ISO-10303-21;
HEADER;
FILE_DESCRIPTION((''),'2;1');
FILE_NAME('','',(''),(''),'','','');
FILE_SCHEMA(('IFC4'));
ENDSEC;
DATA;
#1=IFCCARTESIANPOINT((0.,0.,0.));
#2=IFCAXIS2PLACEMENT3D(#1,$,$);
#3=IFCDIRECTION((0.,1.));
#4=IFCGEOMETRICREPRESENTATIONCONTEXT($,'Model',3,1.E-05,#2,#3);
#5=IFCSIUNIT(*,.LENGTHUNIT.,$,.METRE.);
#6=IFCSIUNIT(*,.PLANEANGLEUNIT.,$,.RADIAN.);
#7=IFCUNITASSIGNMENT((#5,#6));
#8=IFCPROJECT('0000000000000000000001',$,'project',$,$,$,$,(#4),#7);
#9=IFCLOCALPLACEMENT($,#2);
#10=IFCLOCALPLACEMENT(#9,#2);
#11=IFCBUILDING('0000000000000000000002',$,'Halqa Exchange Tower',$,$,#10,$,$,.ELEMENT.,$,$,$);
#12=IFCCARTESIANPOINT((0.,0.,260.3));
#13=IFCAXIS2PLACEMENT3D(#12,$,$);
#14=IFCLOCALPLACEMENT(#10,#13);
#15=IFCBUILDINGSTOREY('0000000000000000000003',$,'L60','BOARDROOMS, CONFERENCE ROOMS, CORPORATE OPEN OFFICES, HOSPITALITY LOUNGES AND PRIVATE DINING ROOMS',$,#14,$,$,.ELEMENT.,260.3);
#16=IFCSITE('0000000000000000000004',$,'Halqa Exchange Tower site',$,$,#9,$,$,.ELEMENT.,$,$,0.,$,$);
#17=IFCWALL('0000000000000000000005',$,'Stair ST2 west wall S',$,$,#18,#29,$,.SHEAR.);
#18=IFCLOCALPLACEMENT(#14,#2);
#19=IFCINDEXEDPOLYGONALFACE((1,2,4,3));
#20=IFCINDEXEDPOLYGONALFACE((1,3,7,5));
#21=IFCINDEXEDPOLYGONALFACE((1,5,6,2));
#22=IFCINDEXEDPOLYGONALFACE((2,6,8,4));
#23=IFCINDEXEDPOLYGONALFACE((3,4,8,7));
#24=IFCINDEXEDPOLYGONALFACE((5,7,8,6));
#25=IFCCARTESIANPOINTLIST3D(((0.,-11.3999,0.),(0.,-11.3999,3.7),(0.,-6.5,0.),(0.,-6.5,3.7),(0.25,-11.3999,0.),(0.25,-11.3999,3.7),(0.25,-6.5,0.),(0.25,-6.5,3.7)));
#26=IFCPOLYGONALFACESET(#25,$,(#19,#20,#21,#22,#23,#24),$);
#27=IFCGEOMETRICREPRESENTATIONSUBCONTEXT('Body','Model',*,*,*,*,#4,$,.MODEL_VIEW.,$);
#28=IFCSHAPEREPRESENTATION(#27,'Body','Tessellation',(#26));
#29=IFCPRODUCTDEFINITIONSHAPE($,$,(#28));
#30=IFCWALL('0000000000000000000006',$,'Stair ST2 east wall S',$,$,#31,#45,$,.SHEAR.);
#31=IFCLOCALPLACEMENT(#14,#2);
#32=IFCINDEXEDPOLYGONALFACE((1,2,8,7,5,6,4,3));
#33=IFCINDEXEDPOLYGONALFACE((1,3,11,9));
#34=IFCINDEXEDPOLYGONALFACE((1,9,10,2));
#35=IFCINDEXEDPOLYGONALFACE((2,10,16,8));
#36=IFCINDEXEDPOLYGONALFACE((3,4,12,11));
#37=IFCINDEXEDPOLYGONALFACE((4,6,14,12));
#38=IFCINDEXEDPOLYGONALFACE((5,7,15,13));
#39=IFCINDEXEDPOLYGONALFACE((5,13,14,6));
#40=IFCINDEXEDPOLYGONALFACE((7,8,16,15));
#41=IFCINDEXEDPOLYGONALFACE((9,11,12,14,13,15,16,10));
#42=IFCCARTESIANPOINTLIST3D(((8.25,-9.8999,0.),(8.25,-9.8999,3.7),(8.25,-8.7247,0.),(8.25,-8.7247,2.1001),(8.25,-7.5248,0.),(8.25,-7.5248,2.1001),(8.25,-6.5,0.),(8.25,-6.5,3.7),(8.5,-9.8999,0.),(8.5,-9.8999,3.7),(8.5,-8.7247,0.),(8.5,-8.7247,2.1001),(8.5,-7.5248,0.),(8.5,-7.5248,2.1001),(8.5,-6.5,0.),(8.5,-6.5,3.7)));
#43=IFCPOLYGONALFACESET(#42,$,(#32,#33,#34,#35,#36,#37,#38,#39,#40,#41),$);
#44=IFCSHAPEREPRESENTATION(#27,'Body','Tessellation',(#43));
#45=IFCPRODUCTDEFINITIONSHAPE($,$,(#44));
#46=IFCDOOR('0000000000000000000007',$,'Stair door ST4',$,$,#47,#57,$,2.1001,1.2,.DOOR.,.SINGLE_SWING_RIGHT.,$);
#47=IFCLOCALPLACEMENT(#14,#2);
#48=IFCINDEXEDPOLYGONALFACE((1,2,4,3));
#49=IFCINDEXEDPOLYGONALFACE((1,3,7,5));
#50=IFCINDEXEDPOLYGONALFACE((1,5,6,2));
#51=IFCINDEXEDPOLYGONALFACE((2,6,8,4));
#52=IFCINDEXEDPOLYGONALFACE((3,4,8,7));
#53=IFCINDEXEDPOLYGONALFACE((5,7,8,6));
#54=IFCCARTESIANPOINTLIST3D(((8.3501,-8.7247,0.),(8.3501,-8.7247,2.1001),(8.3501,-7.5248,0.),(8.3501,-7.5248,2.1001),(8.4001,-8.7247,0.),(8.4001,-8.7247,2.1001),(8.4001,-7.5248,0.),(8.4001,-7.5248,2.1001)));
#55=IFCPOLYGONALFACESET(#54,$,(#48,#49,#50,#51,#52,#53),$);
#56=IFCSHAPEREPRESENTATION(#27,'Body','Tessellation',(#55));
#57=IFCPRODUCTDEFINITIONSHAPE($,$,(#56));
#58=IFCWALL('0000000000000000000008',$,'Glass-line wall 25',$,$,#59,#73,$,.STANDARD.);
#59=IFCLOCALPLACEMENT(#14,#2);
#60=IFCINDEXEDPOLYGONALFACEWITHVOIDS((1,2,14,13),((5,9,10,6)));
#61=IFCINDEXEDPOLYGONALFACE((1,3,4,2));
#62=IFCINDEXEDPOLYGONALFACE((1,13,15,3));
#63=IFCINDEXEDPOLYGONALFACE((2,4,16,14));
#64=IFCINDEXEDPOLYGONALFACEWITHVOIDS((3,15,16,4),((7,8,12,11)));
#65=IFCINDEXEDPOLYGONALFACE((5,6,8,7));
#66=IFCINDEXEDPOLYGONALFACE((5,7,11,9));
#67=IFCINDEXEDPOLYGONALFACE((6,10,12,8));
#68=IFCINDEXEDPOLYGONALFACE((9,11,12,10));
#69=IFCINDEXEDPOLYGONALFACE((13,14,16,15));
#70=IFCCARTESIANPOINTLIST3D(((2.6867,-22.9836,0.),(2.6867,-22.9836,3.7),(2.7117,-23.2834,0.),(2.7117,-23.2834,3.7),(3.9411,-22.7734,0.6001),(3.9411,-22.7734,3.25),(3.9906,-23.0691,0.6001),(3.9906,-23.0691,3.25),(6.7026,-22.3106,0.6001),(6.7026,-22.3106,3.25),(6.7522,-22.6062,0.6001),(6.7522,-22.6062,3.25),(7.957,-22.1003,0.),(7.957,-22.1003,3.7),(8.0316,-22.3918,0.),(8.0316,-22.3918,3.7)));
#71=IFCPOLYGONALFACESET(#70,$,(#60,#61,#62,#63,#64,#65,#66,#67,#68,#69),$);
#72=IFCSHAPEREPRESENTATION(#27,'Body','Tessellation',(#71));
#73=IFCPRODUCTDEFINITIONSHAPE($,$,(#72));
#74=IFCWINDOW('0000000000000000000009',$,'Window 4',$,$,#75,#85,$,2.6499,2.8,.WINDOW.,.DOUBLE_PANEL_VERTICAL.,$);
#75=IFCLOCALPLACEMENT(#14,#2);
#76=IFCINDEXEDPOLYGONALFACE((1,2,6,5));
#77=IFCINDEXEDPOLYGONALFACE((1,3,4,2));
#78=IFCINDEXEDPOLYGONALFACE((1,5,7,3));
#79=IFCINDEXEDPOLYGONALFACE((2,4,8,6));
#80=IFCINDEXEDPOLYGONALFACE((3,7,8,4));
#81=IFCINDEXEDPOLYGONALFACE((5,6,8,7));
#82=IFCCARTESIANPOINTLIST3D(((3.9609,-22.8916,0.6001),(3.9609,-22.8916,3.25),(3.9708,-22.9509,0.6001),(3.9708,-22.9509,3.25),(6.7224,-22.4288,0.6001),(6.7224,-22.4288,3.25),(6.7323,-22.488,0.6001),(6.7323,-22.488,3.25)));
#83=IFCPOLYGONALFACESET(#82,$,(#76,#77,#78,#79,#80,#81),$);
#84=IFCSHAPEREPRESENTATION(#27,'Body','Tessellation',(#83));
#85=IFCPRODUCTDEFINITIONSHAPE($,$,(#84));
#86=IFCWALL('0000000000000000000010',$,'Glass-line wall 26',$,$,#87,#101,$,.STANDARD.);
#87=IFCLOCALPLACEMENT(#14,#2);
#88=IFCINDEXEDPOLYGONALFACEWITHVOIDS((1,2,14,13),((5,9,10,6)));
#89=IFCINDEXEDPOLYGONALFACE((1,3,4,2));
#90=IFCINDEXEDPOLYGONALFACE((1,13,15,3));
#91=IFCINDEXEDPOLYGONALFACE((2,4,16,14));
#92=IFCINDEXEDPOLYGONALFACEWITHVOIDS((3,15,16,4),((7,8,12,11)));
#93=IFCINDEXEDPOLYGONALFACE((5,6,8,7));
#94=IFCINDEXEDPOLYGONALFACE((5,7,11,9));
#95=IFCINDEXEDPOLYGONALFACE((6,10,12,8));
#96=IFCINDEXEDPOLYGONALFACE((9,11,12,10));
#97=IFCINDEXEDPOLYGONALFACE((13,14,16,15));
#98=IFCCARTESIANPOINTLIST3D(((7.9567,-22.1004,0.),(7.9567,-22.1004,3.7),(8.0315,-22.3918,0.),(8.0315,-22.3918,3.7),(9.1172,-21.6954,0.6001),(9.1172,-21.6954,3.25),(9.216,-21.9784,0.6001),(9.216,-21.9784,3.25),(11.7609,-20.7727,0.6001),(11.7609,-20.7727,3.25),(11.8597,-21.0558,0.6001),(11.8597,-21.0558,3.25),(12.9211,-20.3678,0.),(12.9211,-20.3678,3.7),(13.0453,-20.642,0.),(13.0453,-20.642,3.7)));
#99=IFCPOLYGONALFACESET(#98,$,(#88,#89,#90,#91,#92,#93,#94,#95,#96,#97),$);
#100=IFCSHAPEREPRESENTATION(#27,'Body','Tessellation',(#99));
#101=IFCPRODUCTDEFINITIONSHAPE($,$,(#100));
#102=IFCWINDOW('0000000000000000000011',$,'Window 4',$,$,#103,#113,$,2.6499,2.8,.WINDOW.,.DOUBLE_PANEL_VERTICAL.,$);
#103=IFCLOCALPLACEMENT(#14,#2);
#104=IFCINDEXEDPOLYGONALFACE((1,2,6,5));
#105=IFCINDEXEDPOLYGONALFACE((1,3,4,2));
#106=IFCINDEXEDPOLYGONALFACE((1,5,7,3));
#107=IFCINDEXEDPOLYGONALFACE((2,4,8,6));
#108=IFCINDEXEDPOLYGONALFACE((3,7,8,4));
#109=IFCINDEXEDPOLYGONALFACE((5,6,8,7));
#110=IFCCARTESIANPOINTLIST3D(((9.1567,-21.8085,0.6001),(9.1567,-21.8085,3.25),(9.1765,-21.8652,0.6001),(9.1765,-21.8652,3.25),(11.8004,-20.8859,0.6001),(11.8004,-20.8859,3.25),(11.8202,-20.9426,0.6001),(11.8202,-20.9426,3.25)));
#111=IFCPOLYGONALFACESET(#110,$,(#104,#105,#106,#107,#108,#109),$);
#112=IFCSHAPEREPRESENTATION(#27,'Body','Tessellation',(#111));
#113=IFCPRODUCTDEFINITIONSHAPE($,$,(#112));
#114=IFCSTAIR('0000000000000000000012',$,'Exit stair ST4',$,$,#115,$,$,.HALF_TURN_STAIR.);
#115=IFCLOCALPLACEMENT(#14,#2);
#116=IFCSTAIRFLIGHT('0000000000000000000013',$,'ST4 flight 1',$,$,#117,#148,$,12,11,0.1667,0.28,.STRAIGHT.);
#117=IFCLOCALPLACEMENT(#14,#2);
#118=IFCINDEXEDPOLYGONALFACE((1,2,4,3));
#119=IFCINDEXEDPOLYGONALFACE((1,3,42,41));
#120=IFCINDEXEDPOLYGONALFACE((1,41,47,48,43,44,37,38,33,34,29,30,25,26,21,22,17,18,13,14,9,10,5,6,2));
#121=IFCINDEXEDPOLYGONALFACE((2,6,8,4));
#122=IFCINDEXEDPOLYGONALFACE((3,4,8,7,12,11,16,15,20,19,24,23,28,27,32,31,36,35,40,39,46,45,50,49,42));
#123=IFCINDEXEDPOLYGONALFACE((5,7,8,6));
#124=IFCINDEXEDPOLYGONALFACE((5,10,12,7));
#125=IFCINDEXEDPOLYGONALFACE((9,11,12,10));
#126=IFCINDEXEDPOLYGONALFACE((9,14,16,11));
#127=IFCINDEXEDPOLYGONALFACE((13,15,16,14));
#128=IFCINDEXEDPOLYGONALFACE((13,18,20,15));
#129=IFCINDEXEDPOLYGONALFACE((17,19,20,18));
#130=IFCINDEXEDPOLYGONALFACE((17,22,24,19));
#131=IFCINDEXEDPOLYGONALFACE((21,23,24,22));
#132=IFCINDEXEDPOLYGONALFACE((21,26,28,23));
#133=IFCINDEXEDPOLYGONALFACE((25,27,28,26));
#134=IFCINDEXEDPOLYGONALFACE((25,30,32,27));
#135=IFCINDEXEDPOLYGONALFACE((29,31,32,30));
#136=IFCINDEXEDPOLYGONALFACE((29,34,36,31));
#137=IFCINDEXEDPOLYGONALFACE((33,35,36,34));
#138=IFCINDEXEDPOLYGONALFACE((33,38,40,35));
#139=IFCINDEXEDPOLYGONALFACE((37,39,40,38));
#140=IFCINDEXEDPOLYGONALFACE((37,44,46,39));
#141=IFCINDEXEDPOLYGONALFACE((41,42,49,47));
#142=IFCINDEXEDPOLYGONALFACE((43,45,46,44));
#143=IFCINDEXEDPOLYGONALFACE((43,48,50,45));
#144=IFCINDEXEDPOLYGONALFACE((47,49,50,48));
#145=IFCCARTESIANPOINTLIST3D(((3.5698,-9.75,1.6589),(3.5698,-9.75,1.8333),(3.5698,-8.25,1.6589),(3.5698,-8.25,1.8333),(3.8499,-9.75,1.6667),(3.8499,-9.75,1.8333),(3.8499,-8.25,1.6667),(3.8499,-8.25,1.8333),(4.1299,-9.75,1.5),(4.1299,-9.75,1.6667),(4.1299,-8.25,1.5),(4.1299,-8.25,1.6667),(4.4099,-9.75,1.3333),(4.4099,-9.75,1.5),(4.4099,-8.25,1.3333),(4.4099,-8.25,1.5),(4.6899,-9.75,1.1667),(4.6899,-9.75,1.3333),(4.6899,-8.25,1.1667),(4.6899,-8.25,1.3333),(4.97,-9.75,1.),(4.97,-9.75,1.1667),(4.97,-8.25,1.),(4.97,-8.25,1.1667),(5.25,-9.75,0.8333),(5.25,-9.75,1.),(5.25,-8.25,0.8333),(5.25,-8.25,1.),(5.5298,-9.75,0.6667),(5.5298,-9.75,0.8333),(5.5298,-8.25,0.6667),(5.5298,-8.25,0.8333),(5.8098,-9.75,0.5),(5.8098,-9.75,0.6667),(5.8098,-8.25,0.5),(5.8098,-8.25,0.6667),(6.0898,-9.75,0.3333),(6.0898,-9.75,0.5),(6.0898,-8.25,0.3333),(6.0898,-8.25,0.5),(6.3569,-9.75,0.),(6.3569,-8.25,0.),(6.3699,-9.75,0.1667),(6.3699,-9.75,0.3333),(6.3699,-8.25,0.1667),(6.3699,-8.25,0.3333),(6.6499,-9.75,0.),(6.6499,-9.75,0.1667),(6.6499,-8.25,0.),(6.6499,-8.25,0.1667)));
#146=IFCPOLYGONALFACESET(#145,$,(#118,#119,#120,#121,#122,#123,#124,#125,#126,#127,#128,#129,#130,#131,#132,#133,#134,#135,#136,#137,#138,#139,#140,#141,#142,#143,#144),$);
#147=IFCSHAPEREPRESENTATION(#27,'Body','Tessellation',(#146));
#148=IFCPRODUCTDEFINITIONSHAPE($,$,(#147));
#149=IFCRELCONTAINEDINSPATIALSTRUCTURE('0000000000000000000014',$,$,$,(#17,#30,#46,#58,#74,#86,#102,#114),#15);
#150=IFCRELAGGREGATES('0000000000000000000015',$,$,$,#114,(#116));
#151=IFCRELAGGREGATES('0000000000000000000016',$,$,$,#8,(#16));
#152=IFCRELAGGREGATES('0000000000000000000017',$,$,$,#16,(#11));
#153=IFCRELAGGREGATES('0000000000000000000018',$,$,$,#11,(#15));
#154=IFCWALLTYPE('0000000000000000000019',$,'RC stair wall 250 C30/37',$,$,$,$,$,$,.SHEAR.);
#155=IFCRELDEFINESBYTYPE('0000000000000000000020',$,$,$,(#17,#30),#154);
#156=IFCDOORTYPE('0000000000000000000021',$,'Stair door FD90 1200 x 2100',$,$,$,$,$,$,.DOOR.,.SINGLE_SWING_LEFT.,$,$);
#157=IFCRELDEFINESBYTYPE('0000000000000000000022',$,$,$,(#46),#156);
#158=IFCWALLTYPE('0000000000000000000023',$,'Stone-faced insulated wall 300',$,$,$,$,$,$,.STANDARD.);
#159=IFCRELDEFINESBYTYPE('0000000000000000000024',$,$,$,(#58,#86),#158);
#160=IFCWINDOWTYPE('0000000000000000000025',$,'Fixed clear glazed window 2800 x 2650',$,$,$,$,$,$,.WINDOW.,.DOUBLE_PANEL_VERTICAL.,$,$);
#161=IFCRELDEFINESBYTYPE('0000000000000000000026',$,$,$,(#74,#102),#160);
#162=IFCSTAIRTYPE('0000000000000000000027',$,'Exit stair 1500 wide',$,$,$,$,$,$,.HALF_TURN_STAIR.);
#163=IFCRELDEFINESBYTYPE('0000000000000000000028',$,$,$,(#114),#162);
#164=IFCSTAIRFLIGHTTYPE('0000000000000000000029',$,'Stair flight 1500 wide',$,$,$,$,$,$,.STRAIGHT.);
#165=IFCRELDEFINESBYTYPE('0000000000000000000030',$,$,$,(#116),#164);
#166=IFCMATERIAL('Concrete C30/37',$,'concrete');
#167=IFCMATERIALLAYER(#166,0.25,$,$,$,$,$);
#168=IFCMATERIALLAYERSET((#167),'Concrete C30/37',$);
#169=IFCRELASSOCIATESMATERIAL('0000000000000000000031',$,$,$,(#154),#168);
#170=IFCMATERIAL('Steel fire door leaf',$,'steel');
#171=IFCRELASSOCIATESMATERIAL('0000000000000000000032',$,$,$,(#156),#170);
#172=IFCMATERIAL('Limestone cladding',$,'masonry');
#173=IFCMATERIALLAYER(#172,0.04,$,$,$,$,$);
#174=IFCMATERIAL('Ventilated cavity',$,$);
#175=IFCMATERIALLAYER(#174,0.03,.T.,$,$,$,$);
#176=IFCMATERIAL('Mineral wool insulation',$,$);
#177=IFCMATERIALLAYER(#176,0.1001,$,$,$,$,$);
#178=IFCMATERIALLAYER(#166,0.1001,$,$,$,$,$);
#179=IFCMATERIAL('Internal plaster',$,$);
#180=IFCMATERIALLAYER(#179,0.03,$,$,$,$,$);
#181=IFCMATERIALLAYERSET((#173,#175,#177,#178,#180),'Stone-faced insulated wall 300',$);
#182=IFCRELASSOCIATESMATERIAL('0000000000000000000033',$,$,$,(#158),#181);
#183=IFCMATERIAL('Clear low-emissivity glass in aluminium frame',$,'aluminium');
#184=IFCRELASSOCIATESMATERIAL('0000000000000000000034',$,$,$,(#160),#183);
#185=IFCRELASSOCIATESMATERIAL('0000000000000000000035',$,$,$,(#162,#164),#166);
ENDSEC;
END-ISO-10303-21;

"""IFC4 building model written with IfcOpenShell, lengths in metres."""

from ifc_helpers import new_model, si_unit, direction, frame, frame_2d, origin, place, context, subcontext, project, spatial, polyline, rectangle, outline, extrude, material, layer, layer_set, type_object, element, fill, aggregate, save


model = new_model("IFC4")

# Units and contexts
model_context = context("Model", 3, precision=1e-05, world=origin(), true_north=direction((0.0, 1.0)))
body_context = subcontext(model_context, "Body", "Model", "MODEL_VIEW")
ifc_project = project(units=[si_unit("LENGTHUNIT", "METRE"), si_unit("PLANEANGLEUNIT", "RADIAN")], contexts=[model_context])

# Site, building, storey
site_placement = place(None, origin())
site = spatial("IfcSite", under=ifc_project, at=site_placement, Name="Halqa Exchange Tower site", CompositionType="ELEMENT", RefElevation=0.0)
building_placement = place(site_placement, origin())
building = spatial("IfcBuilding", under=site, at=building_placement, Name="Halqa Exchange Tower", CompositionType="ELEMENT")
storey_placement = place(building_placement, frame((0.0, 0.0, 260.3)))
storey = spatial("IfcBuildingStorey", under=building, at=storey_placement, Name="L60", Description="BOARDROOMS, CONFERENCE ROOMS, CORPORATE OPEN OFFICES, HOSPITALITY LOUNGES AND PRIVATE DINING ROOMS", CompositionType="ELEMENT", Elevation=260.3)

# Wall
ifc_material_1 = material(Name="Concrete C30/37", Category="concrete")
ifc_layer_1 = layer(ifc_material_1, 0.25)
ifc_layer_set_1 = layer_set([ifc_layer_1], Name="Concrete C30/37")
wall_type_1 = type_object("IfcWallType", Name="RC stair wall 250 C30/37", PredefinedType="SHEAR", material=ifc_layer_set_1)
wall_1_placement = place(storey_placement, frame((0.125, -11.3999, 0.0), z_axis=(0.0, 0.0, 1.0), x_axis=(0.0, 1.0, 0.0)))
element("IfcWall", 1, at=wall_1_placement, inside=storey, type_object=wall_type_1, Name="Stair ST2 west wall S", PredefinedType="SHEAR", context=body_context, shape_type="SweptSolid", body=[
    extrude(rectangle(XDim=4.8999, YDim=0.25, at=frame_2d((2.45, 0.0))), origin(), (0.0, 0.0, 1.0), 3.7),
])

# Wall, opening, door
wall_2_placement = place(storey_placement, frame((8.375, -9.8999, 0.0), z_axis=(0.0, 0.0, 1.0), x_axis=(0.0, 1.0, 0.0)))
wall_2 = element("IfcWall", 2, at=wall_2_placement, inside=storey, type_object=wall_type_1, Name="Stair ST2 east wall S", PredefinedType="SHEAR", context=body_context, shape_type="SweptSolid", body=[
    extrude(rectangle(XDim=3.3999, YDim=0.25, at=frame_2d((1.7, 0.0))), origin(), (0.0, 0.0, 1.0), 3.7),
])
opening_1_placement = place(wall_2_placement, frame((1.175, 0.0, 0.0)))
opening_1 = element("IfcOpeningElement", 3, at=opening_1_placement, cuts=wall_2, PredefinedType="OPENING", context=body_context, shape_type="SweptSolid", body=[
    extrude(rectangle(XDim=1.2, YDim=2.1001, at=frame_2d((0.6001, 1.05))), frame((0.0, 0.137, 0.0), z_axis=(0.0, -1.0, 0.0), x_axis=(1.0, 0.0, 0.0)), (0.0, 0.0, 1.0), 0.2739),
])
ifc_material_2 = material(Name="Steel fire door leaf", Category="steel")
door_type = type_object("IfcDoorType", Name="Stair door FD90 1200 x 2100", OperationType="SINGLE_SWING_LEFT", PredefinedType="DOOR", material=ifc_material_2)
door_placement = place(opening_1_placement, origin())
door = element("IfcDoor", 4, at=door_placement, inside=storey, type_object=door_type, Name="Stair door ST4", OperationType="SINGLE_SWING_RIGHT", OverallHeight=2.1001, OverallWidth=1.2, PredefinedType="DOOR", context=body_context, shape_type="SweptSolid", body=[
    extrude(rectangle(XDim=1.2, YDim=2.1001, at=frame_2d((0.6001, 1.05))), frame((0.0, 0.0249, 0.0), z_axis=(0.0, -1.0, 0.0), x_axis=(1.0, 0.0, 0.0)), (0.0, 0.0, 1.0), 0.05),
])
fill(opening_1, door)

# Walls, openings, windows
ifc_material_3 = material(Name="Limestone cladding", Category="masonry")
ifc_layer_2 = layer(ifc_material_3, 0.04)
ifc_material_4 = material(Name="Ventilated cavity")
ifc_layer_3 = layer(ifc_material_4, 0.03, ventilated=True)
ifc_material_5 = material(Name="Mineral wool insulation")
ifc_layer_4 = layer(ifc_material_5, 0.1001)
ifc_layer_5 = layer(ifc_material_1, 0.1001)
ifc_material_6 = material(Name="Internal plaster")
ifc_layer_6 = layer(ifc_material_6, 0.03)
ifc_layer_set_2 = layer_set([ifc_layer_2, ifc_layer_3, ifc_layer_4, ifc_layer_5, ifc_layer_6], Name="Stone-faced insulated wall 300")
wall_type_2 = type_object("IfcWallType", Name="Stone-faced insulated wall 300", PredefinedType="STANDARD", material=ifc_layer_set_2)
wall_3_placement = place(storey_placement, frame((2.6992, -23.1335, 0.0), z_axis=(0.0, 0.0, 1.0), x_axis=(0.986244, 0.165299, 0.0)))
wall_3 = element("IfcWall", 5, at=wall_3_placement, inside=storey, type_object=wall_type_2, Name="Glass-line wall 25", PredefinedType="STANDARD", context=body_context, shape_type="SweptSolid", body=[
    extrude(outline(polyline([(-0.0125, -0.1499), (5.3816, -0.1499), (5.3562, 0.1499), (0.0125, 0.1499), (-0.0125, -0.1499)])), origin(), (0.0, 0.0, 1.0), 3.7),
])
opening_2_placement = place(wall_3_placement, frame((1.2844, 0.0, 0.6001)))
opening_2 = element("IfcOpeningElement", 6, at=opening_2_placement, cuts=wall_3, PredefinedType="OPENING", context=body_context, shape_type="SweptSolid", body=[
    extrude(rectangle(XDim=2.8, YDim=2.6499, at=frame_2d((1.3999, 1.325))), frame((0.0, 0.1621, 0.0), z_axis=(0.0, -1.0, 0.0), x_axis=(1.0, 0.0, 0.0)), (0.0, 0.0, 1.0), 0.324),
])
ifc_material_7 = material(Name="Clear low-emissivity glass in aluminium frame", Category="aluminium")
window_type = type_object("IfcWindowType", Name="Fixed clear glazed window 2800 x 2650", PartitioningType="DOUBLE_PANEL_VERTICAL", PredefinedType="WINDOW", material=ifc_material_7)
window_1_placement = place(opening_2_placement, origin())
window_1 = element("IfcWindow", 7, at=window_1_placement, inside=storey, type_object=window_type, Name="Window 4", OverallHeight=2.6499, OverallWidth=2.8, PartitioningType="DOUBLE_PANEL_VERTICAL", PredefinedType="WINDOW", context=body_context, shape_type="SweptSolid", body=[
    extrude(rectangle(XDim=2.8, YDim=2.6499, at=frame_2d((1.3999, 1.325))), frame((0.0, 0.03, 0.0), z_axis=(0.0, -1.0, 0.0), x_axis=(1.0, 0.0, 0.0)), (0.0, 0.0, 1.0), 0.0601),
])
fill(opening_2, window_1)
wall_4_placement = place(storey_placement, frame((7.9941, -22.2461, 0.0), z_axis=(0.0, 0.0, 1.0), x_axis=(0.94415, 0.329517, 0.0)))
wall_4 = element("IfcWall", 8, at=wall_4_placement, inside=storey, type_object=wall_type_2, Name="Glass-line wall 26", PredefinedType="STANDARD", context=body_context, shape_type="SweptSolid", body=[
    extrude(outline(polyline([(-0.0127, -0.1499), (5.2976, -0.1499), (5.2708, 0.1499), (0.0127, 0.1499), (-0.0127, -0.1499)])), origin(), (0.0, 0.0, 1.0), 3.7),
])
opening_3_placement = place(wall_4_placement, frame((1.2419, 0.0, 0.6001)))
opening_3 = element("IfcOpeningElement", 9, at=opening_3_placement, cuts=wall_4, PredefinedType="OPENING", context=body_context, shape_type="SweptSolid", body=[
    extrude(rectangle(XDim=2.8, YDim=2.6499, at=frame_2d((1.3999, 1.325))), frame((0.0, 0.1621, 0.0), z_axis=(0.0, -1.0, 0.0), x_axis=(1.0, 0.0, 0.0)), (0.0, 0.0, 1.0), 0.324),
])
window_2_placement = place(opening_3_placement, origin())
window_2 = element("IfcWindow", 10, at=window_2_placement, inside=storey, type_object=window_type, Name="Window 4", OverallHeight=2.6499, OverallWidth=2.8, PartitioningType="DOUBLE_PANEL_VERTICAL", PredefinedType="WINDOW", context=body_context, shape_type="SweptSolid", body=[
    extrude(rectangle(XDim=2.8, YDim=2.6499, at=frame_2d((1.3999, 1.325))), frame((0.0, 0.03, 0.0), z_axis=(0.0, -1.0, 0.0), x_axis=(1.0, 0.0, 0.0)), (0.0, 0.0, 1.0), 0.0601),
])
fill(opening_3, window_2)

# Stair, stair flight
stair_type = type_object("IfcStairType", Name="Exit stair 1500 wide", PredefinedType="HALF_TURN_STAIR", material=ifc_material_1)
stair_placement = place(storey_placement, origin())
stair = element("IfcStair", 11, at=stair_placement, inside=storey, type_object=stair_type, Name="Exit stair ST4", PredefinedType="HALF_TURN_STAIR")
stair_flight_type = type_object("IfcStairFlightType", Name="Stair flight 1500 wide", PredefinedType="STRAIGHT", material=ifc_material_1)
stair_flight_1_placement = place(storey_placement, frame((6.6499, -9.0, 0.0), z_axis=(0.0, 0.0, 1.0), x_axis=(-1.0, 0.0, 0.0)))
stair_flight_1 = element("IfcStairFlight", 12, at=stair_flight_1_placement, type_object=stair_flight_type, Name="ST4 flight 1", NumberOfRisers=12, NumberOfTreads=11, PredefinedType="STRAIGHT", RiserHeight=0.1667, TreadLength=0.28, context=body_context, shape_type="SweptSolid", body=[
    extrude(outline(polyline([(0.0, 0.0), (0.0, 0.1667), (0.28, 0.1667), (0.28, 0.3333), (0.5601, 0.3333), (0.5601, 0.5), (0.8401, 0.5), (0.8401, 0.6667), (1.1201, 0.6667), (1.1201, 0.8333), (1.3999, 0.8333), (1.3999, 1.0), (1.6799, 1.0), (1.6799, 1.1667), (1.96, 1.1667), (1.96, 1.3333), (2.24, 1.3333), (2.24, 1.5), (2.52, 1.5), (2.52, 1.6667), (2.8, 1.6667), (2.8, 1.8333), (3.0801, 1.8333), (3.0801, 2.0), (3.0801, 1.6589), (0.293, 0.0), (0.0, 0.0)])), frame((0.0, 0.75, 0.0), z_axis=(0.0, -1.0, 0.0), x_axis=(1.0, 0.0, 0.0)), (0.0, 0.0, 1.0), 1.5),
])
aggregate(stair, [stair_flight_1])

save(model, "model.ifc")
